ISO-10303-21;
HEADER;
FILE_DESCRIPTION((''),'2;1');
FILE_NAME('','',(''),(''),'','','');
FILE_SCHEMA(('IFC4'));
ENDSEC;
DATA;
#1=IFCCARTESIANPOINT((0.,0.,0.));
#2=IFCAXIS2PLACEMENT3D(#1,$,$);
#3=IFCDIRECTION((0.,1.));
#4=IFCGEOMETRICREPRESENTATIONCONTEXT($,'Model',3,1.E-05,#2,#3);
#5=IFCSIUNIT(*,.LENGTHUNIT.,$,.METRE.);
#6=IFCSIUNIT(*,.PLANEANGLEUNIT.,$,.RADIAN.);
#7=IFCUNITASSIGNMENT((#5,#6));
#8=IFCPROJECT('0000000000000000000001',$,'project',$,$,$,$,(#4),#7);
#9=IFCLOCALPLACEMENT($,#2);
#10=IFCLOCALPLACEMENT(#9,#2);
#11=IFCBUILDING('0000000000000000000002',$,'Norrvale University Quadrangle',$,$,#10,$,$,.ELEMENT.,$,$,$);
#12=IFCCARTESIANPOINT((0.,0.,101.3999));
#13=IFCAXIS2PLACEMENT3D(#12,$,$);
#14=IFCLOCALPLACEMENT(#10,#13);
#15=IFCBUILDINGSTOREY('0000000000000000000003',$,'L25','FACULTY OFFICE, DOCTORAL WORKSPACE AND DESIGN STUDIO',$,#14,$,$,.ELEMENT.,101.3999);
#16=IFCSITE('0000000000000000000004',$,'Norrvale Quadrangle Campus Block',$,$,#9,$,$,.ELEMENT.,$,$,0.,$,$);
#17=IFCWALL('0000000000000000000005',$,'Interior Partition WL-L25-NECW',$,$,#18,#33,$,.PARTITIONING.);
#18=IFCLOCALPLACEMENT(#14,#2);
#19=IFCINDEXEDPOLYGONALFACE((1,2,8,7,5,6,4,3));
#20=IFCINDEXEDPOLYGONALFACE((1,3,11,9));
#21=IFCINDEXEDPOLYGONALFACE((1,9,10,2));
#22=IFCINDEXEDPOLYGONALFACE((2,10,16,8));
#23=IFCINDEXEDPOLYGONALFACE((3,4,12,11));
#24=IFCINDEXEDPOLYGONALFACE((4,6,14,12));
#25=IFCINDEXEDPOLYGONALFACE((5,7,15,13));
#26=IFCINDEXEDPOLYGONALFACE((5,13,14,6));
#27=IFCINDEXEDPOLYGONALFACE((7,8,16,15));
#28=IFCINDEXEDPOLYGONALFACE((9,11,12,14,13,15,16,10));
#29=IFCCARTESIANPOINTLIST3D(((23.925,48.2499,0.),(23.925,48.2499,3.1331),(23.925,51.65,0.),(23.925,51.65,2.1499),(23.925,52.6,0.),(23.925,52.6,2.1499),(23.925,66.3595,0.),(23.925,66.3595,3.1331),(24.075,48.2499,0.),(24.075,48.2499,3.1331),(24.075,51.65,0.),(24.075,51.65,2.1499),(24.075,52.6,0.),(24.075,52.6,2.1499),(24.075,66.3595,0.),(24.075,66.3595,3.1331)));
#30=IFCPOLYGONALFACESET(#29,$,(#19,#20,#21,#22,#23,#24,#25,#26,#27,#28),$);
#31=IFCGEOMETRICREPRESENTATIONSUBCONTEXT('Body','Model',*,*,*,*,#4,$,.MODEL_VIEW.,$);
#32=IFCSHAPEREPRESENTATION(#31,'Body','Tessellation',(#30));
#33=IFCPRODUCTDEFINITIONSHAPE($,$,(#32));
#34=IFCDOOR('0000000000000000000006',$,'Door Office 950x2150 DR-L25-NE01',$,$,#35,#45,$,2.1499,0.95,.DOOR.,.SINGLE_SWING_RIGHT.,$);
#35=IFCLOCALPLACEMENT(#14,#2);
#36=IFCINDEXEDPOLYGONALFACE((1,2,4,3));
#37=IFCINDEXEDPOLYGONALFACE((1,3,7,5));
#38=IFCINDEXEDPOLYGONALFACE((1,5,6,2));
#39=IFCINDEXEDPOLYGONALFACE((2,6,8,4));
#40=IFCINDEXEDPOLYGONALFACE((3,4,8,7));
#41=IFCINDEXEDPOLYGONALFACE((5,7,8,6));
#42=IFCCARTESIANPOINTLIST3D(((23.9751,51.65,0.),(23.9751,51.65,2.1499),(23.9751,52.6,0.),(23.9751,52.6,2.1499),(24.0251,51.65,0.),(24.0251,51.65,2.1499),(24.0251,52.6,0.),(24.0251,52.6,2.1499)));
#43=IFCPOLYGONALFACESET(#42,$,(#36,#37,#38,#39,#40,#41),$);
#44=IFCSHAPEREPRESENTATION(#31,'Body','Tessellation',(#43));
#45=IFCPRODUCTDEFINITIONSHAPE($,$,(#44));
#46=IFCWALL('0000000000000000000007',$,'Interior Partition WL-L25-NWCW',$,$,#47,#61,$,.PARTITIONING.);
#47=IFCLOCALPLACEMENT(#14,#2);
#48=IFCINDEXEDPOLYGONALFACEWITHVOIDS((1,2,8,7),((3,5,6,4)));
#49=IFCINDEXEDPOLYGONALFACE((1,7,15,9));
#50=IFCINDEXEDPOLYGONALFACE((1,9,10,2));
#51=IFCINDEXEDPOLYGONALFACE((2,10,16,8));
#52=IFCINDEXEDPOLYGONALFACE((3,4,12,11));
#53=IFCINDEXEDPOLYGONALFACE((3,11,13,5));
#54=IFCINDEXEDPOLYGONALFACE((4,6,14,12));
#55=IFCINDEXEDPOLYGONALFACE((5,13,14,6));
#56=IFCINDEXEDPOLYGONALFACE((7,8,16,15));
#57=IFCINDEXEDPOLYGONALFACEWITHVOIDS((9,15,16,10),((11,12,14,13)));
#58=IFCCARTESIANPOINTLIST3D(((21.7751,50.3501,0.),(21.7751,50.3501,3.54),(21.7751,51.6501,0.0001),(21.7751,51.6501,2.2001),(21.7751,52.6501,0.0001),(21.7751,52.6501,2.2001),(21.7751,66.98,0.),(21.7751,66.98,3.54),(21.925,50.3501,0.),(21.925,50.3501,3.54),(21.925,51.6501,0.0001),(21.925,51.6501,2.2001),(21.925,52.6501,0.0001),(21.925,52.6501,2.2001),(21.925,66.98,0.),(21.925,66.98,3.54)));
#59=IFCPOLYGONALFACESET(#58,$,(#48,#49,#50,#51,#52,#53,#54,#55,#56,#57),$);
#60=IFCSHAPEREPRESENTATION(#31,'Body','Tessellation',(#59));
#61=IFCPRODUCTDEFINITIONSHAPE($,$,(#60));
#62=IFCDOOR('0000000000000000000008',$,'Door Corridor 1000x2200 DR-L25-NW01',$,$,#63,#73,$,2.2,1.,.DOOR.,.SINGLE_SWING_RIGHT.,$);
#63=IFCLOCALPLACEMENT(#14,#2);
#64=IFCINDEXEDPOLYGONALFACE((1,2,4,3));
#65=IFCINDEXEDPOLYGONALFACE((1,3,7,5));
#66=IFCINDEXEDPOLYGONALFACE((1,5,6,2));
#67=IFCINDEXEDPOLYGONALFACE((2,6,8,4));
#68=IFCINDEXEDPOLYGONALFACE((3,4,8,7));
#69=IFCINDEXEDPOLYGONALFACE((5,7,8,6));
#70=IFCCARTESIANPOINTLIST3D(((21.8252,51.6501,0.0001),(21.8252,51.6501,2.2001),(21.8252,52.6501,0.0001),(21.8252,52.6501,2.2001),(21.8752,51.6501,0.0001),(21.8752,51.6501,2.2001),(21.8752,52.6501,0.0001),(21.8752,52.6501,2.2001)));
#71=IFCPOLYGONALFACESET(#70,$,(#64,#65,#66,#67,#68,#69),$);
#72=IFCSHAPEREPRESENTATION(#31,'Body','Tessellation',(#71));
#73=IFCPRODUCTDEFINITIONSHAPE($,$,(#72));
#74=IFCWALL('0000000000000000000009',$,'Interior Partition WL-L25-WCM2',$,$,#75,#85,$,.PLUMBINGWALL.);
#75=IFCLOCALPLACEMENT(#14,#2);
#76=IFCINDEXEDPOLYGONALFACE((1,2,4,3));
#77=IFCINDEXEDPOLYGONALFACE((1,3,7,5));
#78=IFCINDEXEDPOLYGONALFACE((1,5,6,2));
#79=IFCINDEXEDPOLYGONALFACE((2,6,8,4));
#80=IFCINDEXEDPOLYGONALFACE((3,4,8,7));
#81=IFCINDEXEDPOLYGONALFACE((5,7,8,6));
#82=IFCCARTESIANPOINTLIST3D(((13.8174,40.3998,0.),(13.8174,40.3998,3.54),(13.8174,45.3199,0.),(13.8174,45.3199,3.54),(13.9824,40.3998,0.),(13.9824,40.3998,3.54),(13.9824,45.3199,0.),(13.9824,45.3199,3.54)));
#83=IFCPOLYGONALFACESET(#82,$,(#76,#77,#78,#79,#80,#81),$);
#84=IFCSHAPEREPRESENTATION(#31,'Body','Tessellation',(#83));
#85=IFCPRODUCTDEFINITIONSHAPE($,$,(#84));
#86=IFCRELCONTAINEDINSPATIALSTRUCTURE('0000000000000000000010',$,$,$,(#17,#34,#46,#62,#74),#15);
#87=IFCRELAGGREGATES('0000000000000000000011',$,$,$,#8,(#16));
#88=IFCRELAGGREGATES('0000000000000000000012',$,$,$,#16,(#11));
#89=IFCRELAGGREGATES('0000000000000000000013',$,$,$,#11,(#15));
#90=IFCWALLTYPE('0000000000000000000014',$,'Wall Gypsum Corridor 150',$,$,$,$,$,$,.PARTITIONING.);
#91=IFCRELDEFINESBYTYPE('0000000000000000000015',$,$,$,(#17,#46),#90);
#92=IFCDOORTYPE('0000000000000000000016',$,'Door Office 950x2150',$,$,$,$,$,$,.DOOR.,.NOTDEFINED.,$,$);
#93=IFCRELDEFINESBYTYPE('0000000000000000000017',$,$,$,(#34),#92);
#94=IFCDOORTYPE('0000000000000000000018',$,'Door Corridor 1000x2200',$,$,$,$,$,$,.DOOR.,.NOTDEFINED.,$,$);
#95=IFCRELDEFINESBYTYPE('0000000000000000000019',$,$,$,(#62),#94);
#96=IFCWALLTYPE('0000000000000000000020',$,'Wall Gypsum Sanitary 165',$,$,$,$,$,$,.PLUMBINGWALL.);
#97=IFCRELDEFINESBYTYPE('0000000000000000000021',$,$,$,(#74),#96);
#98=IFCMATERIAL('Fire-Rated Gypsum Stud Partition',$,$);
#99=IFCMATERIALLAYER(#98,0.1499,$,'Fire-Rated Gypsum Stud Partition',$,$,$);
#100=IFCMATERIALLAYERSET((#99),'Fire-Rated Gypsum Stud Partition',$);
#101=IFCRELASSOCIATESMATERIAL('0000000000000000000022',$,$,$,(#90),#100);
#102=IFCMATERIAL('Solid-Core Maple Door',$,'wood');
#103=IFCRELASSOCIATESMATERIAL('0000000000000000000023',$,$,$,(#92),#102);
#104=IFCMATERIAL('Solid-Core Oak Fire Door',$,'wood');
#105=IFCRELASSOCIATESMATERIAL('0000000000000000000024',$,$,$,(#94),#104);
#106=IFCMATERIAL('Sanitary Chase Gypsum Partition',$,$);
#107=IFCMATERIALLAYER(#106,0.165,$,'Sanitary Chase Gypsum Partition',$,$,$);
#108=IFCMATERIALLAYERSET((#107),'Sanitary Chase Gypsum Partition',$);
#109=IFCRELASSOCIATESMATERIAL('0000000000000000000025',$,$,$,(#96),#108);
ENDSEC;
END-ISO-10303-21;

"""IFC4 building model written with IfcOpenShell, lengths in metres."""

from ifc_helpers import new_model, si_unit, direction, frame, frame_2d, origin, place, context, subcontext, project, spatial, rectangle, extrude, material, layer, layer_set, type_object, element, fill, save


model = new_model("IFC4")

# Units and contexts
model_context = context("Model", 3, precision=1e-05, world=origin(), true_north=direction((0.0, 1.0)))
body_context = subcontext(model_context, "Body", "Model", "MODEL_VIEW")
ifc_project = project(units=[si_unit("LENGTHUNIT", "METRE"), si_unit("PLANEANGLEUNIT", "RADIAN")], contexts=[model_context])

# Site, building, storey
site_placement = place(None, origin())
site = spatial("IfcSite", under=ifc_project, at=site_placement, Name="Norrvale Quadrangle Campus Block", CompositionType="ELEMENT", RefElevation=0.0)
building_placement = place(site_placement, origin())
building = spatial("IfcBuilding", under=site, at=building_placement, Name="Norrvale University Quadrangle", CompositionType="ELEMENT")
storey_placement = place(building_placement, frame((0.0, 0.0, 101.3999)))
storey = spatial("IfcBuildingStorey", under=building, at=storey_placement, Name="L25", Description="FACULTY OFFICE, DOCTORAL WORKSPACE AND DESIGN STUDIO", CompositionType="ELEMENT", Elevation=101.3999)

# Shared definitions
ifc_material_1 = material(Name="Fire-Rated Gypsum Stud Partition")
ifc_layer_1 = layer(ifc_material_1, 0.1499, Name="Fire-Rated Gypsum Stud Partition")
ifc_layer_set_1 = layer_set([ifc_layer_1], Name="Fire-Rated Gypsum Stud Partition")
wall_type_1 = type_object("IfcWallType", Name="Wall Gypsum Corridor 150", PredefinedType="PARTITIONING", material=ifc_layer_set_1)

# Walls, openings, doors
wall_1_placement = place(storey_placement, frame((24.0, 48.25, 0.0), z_axis=(0.0, 0.0, 1.0), x_axis=(0.0, 1.0, 0.0)))
wall_1 = element("IfcWall", 1, at=wall_1_placement, inside=storey, type_object=wall_type_1, Name="Interior Partition WL-L25-NECW", PredefinedType="PARTITIONING", context=body_context, shape_type="SweptSolid", body=[
    extrude(rectangle(XDim=18.1096, YDim=0.1499, at=frame_2d((9.0547, 0.0))), origin(), (0.0, 0.0, 1.0), 3.1331),
])
opening_1_placement = place(wall_1_placement, frame((3.3999, 0.0, 0.0)))
opening_1 = element("IfcOpeningElement", 2, at=opening_1_placement, cuts=wall_1, PredefinedType="OPENING", context=body_context, shape_type="SweptSolid", body=[
    extrude(rectangle(XDim=0.95, YDim=2.1499, at=frame_2d((0.4751, 1.075))), frame((0.0, 0.0869, 0.0), z_axis=(0.0, -1.0, 0.0), x_axis=(1.0, 0.0, 0.0)), (0.0, 0.0, 1.0), 0.1738),
])
ifc_material_2 = material(Name="Solid-Core Maple Door", Category="wood")
door_type_1 = type_object("IfcDoorType", Name="Door Office 950x2150", OperationType="NOTDEFINED", PredefinedType="DOOR", material=ifc_material_2)
door_1_placement = place(opening_1_placement, origin())
door_1 = element("IfcDoor", 3, at=door_1_placement, inside=storey, type_object=door_type_1, Name="Door Office 950x2150 DR-L25-NE01", OperationType="SINGLE_SWING_RIGHT", OverallHeight=2.1499, OverallWidth=0.95, PredefinedType="DOOR", context=body_context, shape_type="SweptSolid", body=[
    extrude(rectangle(XDim=0.95, YDim=2.1499, at=frame_2d((0.4751, 1.075))), frame((0.0, 0.0249, 0.0), z_axis=(0.0, -1.0, 0.0), x_axis=(1.0, 0.0, 0.0)), (0.0, 0.0, 1.0), 0.05),
])
fill(opening_1, door_1)
wall_2_placement = place(storey_placement, frame((21.8501, 50.3501, 0.0), z_axis=(0.0, 0.0, 1.0), x_axis=(0.0, 1.0, 0.0)))
wall_2 = element("IfcWall", 4, at=wall_2_placement, inside=storey, type_object=wall_type_1, Name="Interior Partition WL-L25-NWCW", PredefinedType="PARTITIONING", context=body_context, shape_type="SweptSolid", body=[
    extrude(rectangle(XDim=16.6299, YDim=0.1499, at=frame_2d((8.3149, 0.0))), origin(), (0.0, 0.0, 1.0), 3.54),
])
opening_2_placement = place(wall_2_placement, frame((1.3, 0.0, 0.0)))
opening_2 = element("IfcOpeningElement", 5, at=opening_2_placement, cuts=wall_2, PredefinedType="OPENING", context=body_context, shape_type="SweptSolid", body=[
    extrude(rectangle(XDim=1.0, YDim=2.2, at=frame_2d((0.5, 1.1001))), frame((0.0, 0.0869, 0.0), z_axis=(0.0, -1.0, 0.0), x_axis=(1.0, 0.0, 0.0)), (0.0, 0.0, 1.0), 0.1738),
])
ifc_material_3 = material(Name="Solid-Core Oak Fire Door", Category="wood")
door_type_2 = type_object("IfcDoorType", Name="Door Corridor 1000x2200", OperationType="NOTDEFINED", PredefinedType="DOOR", material=ifc_material_3)
door_2_placement = place(opening_2_placement, origin())
door_2 = element("IfcDoor", 6, at=door_2_placement, inside=storey, type_object=door_type_2, Name="Door Corridor 1000x2200 DR-L25-NW01", OperationType="SINGLE_SWING_RIGHT", OverallHeight=2.2, OverallWidth=1.0, PredefinedType="DOOR", context=body_context, shape_type="SweptSolid", body=[
    extrude(rectangle(XDim=1.0, YDim=2.2, at=frame_2d((0.5, 1.1001))), frame((0.0, 0.0249, 0.0), z_axis=(0.0, -1.0, 0.0), x_axis=(1.0, 0.0, 0.0)), (0.0, 0.0, 1.0), 0.05),
])
fill(opening_2, door_2)

# Wall
ifc_material_4 = material(Name="Sanitary Chase Gypsum Partition")
ifc_layer_2 = layer(ifc_material_4, 0.165, Name="Sanitary Chase Gypsum Partition")
ifc_layer_set_2 = layer_set([ifc_layer_2], Name="Sanitary Chase Gypsum Partition")
wall_type_2 = type_object("IfcWallType", Name="Wall Gypsum Sanitary 165", PredefinedType="PLUMBINGWALL", material=ifc_layer_set_2)
wall_3_placement = place(storey_placement, frame((13.8999, 40.3999, 0.0), z_axis=(0.0, 0.0, 1.0), x_axis=(0.0, 1.0, 0.0)))
element("IfcWall", 7, at=wall_3_placement, inside=storey, type_object=wall_type_2, Name="Interior Partition WL-L25-WCM2", PredefinedType="PLUMBINGWALL", context=body_context, shape_type="SweptSolid", body=[
    extrude(rectangle(XDim=4.9202, YDim=0.165, at=frame_2d((2.46, 0.0))), origin(), (0.0, 0.0, 1.0), 3.54),
])

save(model, "model.ifc")
